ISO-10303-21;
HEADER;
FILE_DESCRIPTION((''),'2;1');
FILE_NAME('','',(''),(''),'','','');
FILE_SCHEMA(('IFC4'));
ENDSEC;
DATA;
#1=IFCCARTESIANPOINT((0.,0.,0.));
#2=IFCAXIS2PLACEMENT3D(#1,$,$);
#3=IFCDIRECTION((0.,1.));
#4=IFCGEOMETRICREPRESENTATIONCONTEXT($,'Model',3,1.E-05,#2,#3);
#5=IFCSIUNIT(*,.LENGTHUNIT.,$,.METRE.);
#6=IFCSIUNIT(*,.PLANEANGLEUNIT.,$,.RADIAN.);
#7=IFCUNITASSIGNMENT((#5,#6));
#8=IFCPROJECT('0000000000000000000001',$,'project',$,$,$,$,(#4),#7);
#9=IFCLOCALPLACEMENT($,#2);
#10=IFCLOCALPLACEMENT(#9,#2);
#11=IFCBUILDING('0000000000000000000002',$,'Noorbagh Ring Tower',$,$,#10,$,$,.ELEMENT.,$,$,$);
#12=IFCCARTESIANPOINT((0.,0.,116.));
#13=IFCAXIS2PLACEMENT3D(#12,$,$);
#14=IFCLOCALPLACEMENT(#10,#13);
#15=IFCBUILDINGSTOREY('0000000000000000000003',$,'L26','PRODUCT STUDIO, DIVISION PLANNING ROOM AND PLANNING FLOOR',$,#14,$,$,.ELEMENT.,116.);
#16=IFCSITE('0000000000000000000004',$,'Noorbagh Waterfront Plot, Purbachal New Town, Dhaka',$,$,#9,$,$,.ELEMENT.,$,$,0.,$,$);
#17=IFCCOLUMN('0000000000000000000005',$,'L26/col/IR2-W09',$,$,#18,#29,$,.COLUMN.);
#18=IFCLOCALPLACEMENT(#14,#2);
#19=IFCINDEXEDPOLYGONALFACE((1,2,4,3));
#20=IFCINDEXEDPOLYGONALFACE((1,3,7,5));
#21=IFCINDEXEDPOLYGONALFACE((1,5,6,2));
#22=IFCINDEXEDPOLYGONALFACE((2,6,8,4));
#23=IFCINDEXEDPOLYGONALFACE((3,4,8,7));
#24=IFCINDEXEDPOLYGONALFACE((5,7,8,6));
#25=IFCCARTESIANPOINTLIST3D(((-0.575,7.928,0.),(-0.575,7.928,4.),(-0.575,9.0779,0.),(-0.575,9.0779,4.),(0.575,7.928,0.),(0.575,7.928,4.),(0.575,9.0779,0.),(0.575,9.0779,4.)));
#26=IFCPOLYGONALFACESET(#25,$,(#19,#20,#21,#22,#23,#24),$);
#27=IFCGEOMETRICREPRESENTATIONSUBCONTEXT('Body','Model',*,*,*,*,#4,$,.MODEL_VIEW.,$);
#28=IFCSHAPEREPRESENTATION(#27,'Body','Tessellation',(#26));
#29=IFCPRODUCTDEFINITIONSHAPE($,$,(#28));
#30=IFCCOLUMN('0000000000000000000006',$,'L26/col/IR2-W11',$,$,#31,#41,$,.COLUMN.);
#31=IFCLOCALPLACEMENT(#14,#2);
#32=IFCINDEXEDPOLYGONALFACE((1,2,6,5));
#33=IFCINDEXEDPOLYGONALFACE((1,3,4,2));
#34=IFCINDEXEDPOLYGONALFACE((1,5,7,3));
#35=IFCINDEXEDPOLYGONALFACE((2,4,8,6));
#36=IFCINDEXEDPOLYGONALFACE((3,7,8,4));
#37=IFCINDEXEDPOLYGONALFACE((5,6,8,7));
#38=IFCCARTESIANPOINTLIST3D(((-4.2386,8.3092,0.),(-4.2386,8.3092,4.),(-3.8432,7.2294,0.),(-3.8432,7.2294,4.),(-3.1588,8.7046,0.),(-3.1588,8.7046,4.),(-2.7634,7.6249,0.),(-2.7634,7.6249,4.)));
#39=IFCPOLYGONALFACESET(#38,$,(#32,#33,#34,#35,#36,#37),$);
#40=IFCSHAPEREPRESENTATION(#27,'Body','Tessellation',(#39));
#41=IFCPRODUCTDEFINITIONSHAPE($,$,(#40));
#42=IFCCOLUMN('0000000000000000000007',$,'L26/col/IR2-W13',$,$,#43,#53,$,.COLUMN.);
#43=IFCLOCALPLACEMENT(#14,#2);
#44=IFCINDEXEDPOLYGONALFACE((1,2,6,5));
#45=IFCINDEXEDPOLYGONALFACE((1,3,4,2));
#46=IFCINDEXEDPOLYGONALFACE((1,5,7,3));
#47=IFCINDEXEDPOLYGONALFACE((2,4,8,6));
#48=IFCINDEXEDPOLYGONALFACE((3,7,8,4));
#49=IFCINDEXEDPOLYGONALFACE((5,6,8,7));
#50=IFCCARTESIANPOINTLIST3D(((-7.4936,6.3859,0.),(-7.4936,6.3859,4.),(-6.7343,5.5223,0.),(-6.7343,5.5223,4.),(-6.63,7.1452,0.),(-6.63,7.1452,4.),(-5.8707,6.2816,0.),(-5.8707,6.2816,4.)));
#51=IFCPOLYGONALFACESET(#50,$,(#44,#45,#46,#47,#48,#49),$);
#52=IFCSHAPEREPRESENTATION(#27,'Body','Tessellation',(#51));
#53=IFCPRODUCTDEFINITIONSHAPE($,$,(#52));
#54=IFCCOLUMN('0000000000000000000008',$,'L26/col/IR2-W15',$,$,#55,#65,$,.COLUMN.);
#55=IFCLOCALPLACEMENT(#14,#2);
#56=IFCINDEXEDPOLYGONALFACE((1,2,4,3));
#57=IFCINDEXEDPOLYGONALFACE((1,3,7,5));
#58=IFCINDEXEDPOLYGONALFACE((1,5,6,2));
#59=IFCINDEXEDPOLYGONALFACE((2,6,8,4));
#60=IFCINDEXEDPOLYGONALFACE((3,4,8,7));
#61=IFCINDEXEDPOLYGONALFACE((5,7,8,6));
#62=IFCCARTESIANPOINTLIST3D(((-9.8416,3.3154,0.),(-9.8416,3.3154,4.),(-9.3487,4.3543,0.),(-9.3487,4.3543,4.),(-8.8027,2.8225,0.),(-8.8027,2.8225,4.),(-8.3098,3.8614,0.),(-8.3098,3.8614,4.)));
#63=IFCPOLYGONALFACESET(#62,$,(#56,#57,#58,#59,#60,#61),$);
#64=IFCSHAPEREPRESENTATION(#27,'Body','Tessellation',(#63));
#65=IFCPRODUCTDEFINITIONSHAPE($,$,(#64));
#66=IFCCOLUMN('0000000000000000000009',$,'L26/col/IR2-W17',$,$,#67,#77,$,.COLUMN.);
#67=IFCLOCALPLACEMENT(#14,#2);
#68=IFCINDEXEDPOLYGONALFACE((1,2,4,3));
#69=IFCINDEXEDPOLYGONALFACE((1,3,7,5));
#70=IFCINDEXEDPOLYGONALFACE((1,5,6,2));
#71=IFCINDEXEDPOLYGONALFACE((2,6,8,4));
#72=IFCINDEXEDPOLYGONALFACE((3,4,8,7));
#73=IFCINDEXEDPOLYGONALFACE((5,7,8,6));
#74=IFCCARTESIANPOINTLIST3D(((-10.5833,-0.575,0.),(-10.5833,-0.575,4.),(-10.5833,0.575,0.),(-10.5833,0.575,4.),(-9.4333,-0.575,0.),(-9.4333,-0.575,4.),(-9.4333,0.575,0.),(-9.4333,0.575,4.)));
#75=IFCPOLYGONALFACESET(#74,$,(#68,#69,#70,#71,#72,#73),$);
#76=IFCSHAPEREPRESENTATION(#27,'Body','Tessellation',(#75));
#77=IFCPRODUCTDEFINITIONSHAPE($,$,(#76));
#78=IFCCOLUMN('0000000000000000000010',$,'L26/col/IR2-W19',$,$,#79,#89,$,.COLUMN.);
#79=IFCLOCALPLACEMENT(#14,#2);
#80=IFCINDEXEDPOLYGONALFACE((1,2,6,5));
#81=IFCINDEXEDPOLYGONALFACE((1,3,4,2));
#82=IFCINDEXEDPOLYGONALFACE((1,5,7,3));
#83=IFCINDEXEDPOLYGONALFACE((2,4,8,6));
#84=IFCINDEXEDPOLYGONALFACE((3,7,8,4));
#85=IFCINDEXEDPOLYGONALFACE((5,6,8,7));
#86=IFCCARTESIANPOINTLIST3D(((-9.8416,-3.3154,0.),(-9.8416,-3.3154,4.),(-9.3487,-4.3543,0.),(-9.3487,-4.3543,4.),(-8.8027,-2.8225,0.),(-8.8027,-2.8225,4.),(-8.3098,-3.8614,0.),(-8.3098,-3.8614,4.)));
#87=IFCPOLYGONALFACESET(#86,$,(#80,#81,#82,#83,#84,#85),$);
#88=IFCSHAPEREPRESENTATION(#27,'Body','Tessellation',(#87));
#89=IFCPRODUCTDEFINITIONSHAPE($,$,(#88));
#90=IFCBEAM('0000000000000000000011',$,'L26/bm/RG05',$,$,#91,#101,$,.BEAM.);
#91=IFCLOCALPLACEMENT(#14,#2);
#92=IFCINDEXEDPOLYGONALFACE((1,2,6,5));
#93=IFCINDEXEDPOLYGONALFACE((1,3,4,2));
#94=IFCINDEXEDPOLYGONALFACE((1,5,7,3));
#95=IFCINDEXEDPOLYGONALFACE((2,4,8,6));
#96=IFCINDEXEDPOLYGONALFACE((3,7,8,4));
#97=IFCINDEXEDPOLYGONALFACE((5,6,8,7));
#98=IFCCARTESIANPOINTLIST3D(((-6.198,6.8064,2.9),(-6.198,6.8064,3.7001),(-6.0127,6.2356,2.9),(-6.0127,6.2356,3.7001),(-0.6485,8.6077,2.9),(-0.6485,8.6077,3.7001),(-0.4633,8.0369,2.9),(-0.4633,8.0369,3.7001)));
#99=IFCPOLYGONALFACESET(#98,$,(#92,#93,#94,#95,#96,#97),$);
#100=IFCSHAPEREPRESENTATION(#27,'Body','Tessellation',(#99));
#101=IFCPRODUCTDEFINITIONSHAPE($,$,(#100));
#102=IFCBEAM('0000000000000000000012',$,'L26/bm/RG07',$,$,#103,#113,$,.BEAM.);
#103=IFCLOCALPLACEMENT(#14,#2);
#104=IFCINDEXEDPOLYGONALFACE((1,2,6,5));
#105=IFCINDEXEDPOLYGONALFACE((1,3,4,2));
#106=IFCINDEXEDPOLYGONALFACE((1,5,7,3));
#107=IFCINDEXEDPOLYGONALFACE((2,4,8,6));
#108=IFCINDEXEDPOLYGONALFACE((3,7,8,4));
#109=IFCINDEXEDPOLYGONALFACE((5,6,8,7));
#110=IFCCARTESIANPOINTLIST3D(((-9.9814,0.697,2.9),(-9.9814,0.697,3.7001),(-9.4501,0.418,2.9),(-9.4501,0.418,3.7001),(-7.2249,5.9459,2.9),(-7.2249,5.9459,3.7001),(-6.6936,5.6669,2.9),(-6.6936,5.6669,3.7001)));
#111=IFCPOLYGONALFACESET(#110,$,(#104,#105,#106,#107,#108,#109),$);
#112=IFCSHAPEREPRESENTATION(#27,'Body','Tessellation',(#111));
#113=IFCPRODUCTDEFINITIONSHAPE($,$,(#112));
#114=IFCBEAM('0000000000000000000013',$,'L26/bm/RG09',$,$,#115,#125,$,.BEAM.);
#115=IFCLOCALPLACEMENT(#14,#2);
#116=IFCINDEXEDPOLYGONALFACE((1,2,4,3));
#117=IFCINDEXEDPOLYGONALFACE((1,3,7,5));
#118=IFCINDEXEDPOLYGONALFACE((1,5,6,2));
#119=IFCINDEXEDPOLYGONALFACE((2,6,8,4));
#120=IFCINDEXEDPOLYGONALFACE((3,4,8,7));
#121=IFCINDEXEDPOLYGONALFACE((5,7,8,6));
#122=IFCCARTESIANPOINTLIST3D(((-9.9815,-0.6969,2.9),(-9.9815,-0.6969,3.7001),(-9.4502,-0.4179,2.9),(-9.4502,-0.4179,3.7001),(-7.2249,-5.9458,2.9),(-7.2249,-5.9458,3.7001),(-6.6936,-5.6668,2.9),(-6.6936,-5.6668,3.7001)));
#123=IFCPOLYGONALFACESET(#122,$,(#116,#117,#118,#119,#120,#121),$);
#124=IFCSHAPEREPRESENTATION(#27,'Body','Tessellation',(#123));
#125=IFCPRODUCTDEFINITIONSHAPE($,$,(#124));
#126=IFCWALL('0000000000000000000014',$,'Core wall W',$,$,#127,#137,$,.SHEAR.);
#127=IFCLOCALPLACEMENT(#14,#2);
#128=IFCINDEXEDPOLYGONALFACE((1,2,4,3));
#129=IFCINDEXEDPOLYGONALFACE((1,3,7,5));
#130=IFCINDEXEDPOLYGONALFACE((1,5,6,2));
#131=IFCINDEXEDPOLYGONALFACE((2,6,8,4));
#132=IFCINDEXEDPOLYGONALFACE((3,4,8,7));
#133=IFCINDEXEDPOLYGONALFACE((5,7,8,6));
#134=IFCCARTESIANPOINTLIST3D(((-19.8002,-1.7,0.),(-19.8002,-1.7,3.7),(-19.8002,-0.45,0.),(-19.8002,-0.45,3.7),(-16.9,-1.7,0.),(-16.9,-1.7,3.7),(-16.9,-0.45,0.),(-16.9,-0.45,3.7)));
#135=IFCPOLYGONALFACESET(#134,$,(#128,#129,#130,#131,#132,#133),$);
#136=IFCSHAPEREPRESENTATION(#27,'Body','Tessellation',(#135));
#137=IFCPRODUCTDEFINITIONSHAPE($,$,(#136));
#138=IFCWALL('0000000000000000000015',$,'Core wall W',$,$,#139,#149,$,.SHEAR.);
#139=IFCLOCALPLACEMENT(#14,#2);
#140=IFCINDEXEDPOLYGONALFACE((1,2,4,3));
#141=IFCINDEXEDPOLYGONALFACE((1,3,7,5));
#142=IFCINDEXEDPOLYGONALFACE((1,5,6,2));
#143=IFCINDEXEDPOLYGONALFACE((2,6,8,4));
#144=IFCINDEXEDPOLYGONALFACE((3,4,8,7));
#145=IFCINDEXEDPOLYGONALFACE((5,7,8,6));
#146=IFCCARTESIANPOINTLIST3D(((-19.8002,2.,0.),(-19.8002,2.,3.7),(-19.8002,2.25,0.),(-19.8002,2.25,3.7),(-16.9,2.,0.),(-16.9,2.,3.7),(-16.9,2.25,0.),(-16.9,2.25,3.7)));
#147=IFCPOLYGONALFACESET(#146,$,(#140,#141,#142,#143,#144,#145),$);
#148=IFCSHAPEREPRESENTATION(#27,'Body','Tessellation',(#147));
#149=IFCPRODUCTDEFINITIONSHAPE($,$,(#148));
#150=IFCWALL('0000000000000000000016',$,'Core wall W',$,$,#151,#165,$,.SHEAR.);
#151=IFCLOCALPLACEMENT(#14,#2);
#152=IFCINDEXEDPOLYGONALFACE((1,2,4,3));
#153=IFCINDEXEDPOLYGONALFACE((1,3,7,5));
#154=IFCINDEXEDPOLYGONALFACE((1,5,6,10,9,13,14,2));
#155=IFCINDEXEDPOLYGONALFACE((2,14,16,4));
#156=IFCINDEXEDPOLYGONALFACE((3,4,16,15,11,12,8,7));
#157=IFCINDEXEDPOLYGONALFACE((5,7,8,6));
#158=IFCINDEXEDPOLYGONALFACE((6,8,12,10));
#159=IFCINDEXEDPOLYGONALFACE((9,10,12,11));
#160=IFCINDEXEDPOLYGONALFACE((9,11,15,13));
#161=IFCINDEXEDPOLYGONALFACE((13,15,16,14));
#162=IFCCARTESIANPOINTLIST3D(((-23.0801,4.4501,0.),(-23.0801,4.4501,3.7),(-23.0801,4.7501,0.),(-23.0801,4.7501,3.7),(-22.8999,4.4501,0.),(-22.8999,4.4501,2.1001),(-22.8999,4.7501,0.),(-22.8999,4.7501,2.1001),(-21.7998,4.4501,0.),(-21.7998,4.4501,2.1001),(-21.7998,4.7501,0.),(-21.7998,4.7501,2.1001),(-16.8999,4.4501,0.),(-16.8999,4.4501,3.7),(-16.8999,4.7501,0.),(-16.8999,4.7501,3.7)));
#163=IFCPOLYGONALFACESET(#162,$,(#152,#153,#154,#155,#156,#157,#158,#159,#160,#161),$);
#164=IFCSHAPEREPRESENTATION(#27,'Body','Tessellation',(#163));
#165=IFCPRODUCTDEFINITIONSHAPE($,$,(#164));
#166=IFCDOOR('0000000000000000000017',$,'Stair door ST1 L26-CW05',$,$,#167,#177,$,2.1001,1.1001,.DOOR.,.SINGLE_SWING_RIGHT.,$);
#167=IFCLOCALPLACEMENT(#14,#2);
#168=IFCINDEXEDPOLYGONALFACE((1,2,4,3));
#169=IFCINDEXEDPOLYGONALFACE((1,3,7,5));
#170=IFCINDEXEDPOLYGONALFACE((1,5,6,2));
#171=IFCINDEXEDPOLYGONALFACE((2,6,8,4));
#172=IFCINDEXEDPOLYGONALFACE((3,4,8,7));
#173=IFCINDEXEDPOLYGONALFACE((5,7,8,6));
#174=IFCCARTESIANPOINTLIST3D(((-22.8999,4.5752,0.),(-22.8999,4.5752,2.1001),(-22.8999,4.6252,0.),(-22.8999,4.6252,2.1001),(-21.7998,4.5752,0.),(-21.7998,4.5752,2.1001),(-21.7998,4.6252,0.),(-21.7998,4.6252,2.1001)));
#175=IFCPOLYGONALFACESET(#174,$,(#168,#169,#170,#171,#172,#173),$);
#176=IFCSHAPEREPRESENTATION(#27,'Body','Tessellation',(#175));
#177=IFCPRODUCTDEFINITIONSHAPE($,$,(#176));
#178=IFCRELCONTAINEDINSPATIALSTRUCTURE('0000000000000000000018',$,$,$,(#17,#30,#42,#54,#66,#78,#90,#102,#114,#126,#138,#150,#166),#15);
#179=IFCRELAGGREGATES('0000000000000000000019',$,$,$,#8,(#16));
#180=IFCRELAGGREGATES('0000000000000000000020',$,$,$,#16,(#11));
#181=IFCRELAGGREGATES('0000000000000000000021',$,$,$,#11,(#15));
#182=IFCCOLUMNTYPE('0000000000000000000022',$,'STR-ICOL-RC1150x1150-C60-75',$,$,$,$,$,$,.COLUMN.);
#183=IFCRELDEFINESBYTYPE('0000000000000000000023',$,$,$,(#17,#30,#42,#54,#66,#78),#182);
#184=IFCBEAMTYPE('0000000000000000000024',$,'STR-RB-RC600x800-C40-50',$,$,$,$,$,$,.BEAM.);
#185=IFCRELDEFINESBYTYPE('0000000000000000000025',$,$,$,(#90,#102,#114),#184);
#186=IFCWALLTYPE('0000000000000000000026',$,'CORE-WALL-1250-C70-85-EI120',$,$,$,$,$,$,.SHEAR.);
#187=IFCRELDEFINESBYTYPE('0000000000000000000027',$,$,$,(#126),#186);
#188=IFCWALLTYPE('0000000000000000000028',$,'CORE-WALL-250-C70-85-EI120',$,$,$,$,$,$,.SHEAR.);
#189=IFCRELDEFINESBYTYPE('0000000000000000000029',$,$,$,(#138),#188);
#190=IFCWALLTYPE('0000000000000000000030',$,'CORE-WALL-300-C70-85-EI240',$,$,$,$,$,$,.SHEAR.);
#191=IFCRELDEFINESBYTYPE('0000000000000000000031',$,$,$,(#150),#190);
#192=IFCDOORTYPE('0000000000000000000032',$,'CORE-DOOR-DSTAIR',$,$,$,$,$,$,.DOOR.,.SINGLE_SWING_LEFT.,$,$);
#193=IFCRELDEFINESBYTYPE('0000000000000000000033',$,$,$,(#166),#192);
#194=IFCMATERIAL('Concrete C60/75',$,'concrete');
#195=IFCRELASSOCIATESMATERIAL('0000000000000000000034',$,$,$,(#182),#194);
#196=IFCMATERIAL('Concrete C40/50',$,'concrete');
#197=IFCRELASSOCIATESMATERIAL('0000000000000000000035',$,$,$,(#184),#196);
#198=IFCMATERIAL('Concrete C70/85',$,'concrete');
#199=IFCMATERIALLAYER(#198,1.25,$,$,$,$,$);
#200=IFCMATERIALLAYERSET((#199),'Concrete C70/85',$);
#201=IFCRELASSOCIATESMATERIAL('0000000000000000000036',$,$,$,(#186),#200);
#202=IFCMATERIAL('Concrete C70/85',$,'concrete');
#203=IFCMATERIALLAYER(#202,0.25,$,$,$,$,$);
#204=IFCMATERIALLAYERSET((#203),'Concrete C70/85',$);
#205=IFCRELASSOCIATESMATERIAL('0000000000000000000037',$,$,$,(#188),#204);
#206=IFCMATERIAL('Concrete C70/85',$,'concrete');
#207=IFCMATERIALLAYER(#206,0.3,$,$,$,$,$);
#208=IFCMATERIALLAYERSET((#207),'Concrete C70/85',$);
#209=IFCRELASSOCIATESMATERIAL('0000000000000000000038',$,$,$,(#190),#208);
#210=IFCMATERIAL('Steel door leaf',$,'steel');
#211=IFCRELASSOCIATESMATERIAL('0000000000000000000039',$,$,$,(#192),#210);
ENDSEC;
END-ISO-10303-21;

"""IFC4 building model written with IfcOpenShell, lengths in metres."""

from ifc_helpers import new_model, si_unit, direction, frame, frame_2d, origin, origin_2d, place, context, subcontext, project, spatial, rectangle, extrude, material, layer, layer_set, material_profile, profile_set, type_object, element, fill, save


model = new_model("IFC4")

# Units and contexts
model_context = context("Model", 3, precision=1e-05, world=origin(), true_north=direction((0.0, 1.0)))
body_context = subcontext(model_context, "Body", "Model", "MODEL_VIEW")
ifc_project = project(units=[si_unit("LENGTHUNIT", "METRE"), si_unit("PLANEANGLEUNIT", "RADIAN")], contexts=[model_context])

# Site, building, storey
site_placement = place(None, origin())
site = spatial("IfcSite", under=ifc_project, at=site_placement, Name="Noorbagh Waterfront Plot, Purbachal New Town, Dhaka", CompositionType="ELEMENT", RefElevation=0.0)
building_placement = place(site_placement, origin())
building = spatial("IfcBuilding", under=site, at=building_placement, Name="Noorbagh Ring Tower", CompositionType="ELEMENT")
storey_placement = place(building_placement, frame((0.0, 0.0, 116.0)))
storey = spatial("IfcBuildingStorey", under=building, at=storey_placement, Name="L26", Description="PRODUCT STUDIO, DIVISION PLANNING ROOM AND PLANNING FLOOR", CompositionType="ELEMENT", Elevation=116.0)

# Columns
ifc_material_1 = material(Name="Concrete C60/75", Category="concrete")
ifc_material_profile_1 = material_profile(ifc_material_1, rectangle(XDim=1.1499, YDim=1.1499, at=origin_2d()), Name="RC1150x1150")
ifc_profile_set_1 = profile_set([ifc_material_profile_1], Name="Concrete C60/75")
column_type = type_object("IfcColumnType", Name="STR-ICOL-RC1150x1150-C60-75", PredefinedType="COLUMN", material=ifc_profile_set_1)
for number, where, z_axis, x_axis, name in (
    (1, (0.0, 8.5029, 0.0), (0.0, 0.0, 1.0), (-1.0, 0.0, 0.0), "L26/col/IR2-W09"),
    (2, (-3.501, 7.967, 0.0), (0.0, 0.0, 1.0), (-0.93902, -0.343864, 0.0), "L26/col/IR2-W11"),
    (3, (-6.6821, 6.3337, 0.0), (0.0, 0.0, 1.0), (-0.751022, -0.660277, 0.0), "L26/col/IR2-W13"),
    (4, (-9.0757, 3.5884, 0.0), (0.0, 0.0, 1.0), (-0.428667, -0.903463, 0.0), "L26/col/IR2-W15"),
    (5, (-10.0083, 0.0, 0.0), (0.0, 0.0, 1.0), (0.0, -1.0, 0.0), "L26/col/IR2-W17"),
    (6, (-9.0757, -3.5884, 0.0), (0.0, 0.0, 1.0), (0.428667, -0.903463, 0.0), "L26/col/IR2-W19"),
):
    element("IfcColumn", number, at=place(storey_placement, frame(where, z_axis=z_axis, x_axis=x_axis)), inside=storey, type_object=column_type, Name=name, PredefinedType="COLUMN", context=body_context, shape_type="SweptSolid", body=[
        extrude(rectangle(XDim=1.1499, YDim=1.1499, at=origin_2d()), origin(), (0.0, 0.0, 1.0), 4.0),
    ])

# Beams
ifc_material_2 = material(Name="Concrete C40/50", Category="concrete")
ifc_material_profile_2 = material_profile(ifc_material_2, rectangle(XDim=0.6001, YDim=0.8, at=origin_2d()), Name="RC600x800")
ifc_profile_set_2 = profile_set([ifc_material_profile_2], Name="Concrete C40/50")
beam_type = type_object("IfcBeamType", Name="STR-RB-RC600x800-C40-50", PredefinedType="BEAM", material=ifc_profile_set_2)
beam_placement = place(storey_placement, frame((-0.5559, 8.3223, 3.3), z_axis=(-0.951152, -0.308724, 0.0), x_axis=(0.308724, -0.951152, 0.0)))
element("IfcBeam", 7, at=beam_placement, inside=storey, type_object=beam_type, Name="L26/bm/RG05", PredefinedType="BEAM", context=body_context, shape_type="SweptSolid", body=[
    extrude(rectangle(XDim=0.6001, YDim=0.8, at=origin_2d()), origin(), (0.0, 0.0, 1.0), 5.8345),
])
for number, where, z_axis, x_axis, name in (
    (8, (-6.9592, 5.8064, 3.3), (-0.464947, -0.885339, 0.0), (0.885339, -0.464947, 0.0), "L26/bm/RG07"),
    (9, (-9.7158, -0.5574, 3.3), (0.464947, -0.885339, 0.0), (0.885339, 0.464947, 0.0), "L26/bm/RG09"),
):
    element("IfcBeam", number, at=place(storey_placement, frame(where, z_axis=z_axis, x_axis=x_axis)), inside=storey, type_object=beam_type, Name=name, PredefinedType="BEAM", context=body_context, shape_type="SweptSolid", body=[
        extrude(rectangle(XDim=0.6001, YDim=0.8, at=origin_2d()), origin(), (0.0, 0.0, 1.0), 5.9287),
    ])

# Walls
ifc_material_3 = material(Name="Concrete C70/85", Category="concrete")
ifc_layer_1 = layer(ifc_material_3, 1.25)
ifc_layer_set_1 = layer_set([ifc_layer_1], Name="Concrete C70/85")
wall_type_1 = type_object("IfcWallType", Name="CORE-WALL-1250-C70-85-EI120", PredefinedType="SHEAR", material=ifc_layer_set_1)
wall_1_placement = place(storey_placement, frame((-16.8999, -1.075, 0.0), z_axis=(0.0, 0.0, 1.0), x_axis=(-1.0, 0.0, 0.0)))
element("IfcWall", 10, at=wall_1_placement, inside=storey, type_object=wall_type_1, Name="Core wall W", PredefinedType="SHEAR", context=body_context, shape_type="SweptSolid", body=[
    extrude(rectangle(XDim=2.9001, YDim=1.25, at=frame_2d((1.4502, 0.0))), origin(), (0.0, 0.0, 1.0), 3.7),
])
ifc_material_4 = material(Name="Concrete C70/85", Category="concrete")
ifc_layer_2 = layer(ifc_material_4, 0.25)
ifc_layer_set_2 = layer_set([ifc_layer_2], Name="Concrete C70/85")
wall_type_2 = type_object("IfcWallType", Name="CORE-WALL-250-C70-85-EI120", PredefinedType="SHEAR", material=ifc_layer_set_2)
wall_2_placement = place(storey_placement, frame((-16.8999, 2.125, 0.0), z_axis=(0.0, 0.0, 1.0), x_axis=(-1.0, 0.0, 0.0)))
element("IfcWall", 11, at=wall_2_placement, inside=storey, type_object=wall_type_2, Name="Core wall W", PredefinedType="SHEAR", context=body_context, shape_type="SweptSolid", body=[
    extrude(rectangle(XDim=2.9001, YDim=0.25, at=frame_2d((1.4502, 0.0))), origin(), (0.0, 0.0, 1.0), 3.7),
])

# Wall, opening, door
ifc_material_5 = material(Name="Concrete C70/85", Category="concrete")
ifc_layer_3 = layer(ifc_material_5, 0.3)
ifc_layer_set_3 = layer_set([ifc_layer_3], Name="Concrete C70/85")
wall_type_3 = type_object("IfcWallType", Name="CORE-WALL-300-C70-85-EI240", PredefinedType="SHEAR", material=ifc_layer_set_3)
wall_3_placement = place(storey_placement, frame((-16.8999, 4.6001, 0.0), z_axis=(0.0, 0.0, 1.0), x_axis=(-1.0, 0.0, 0.0)))
wall_3 = element("IfcWall", 12, at=wall_3_placement, inside=storey, type_object=wall_type_3, Name="Core wall W", PredefinedType="SHEAR", context=body_context, shape_type="SweptSolid", body=[
    extrude(rectangle(XDim=6.1802, YDim=0.3, at=frame_2d((3.0901, 0.0))), origin(), (0.0, 0.0, 1.0), 3.7),
])
opening_1_placement = place(wall_3_placement, frame((4.8999, 0.0, 0.0)))
opening_1 = element("IfcOpeningElement", 13, at=opening_1_placement, cuts=wall_3, PredefinedType="OPENING", context=body_context, shape_type="SweptSolid", body=[
    extrude(rectangle(XDim=1.1001, YDim=2.1001, at=frame_2d((0.55, 1.05))), frame((0.0, 0.1602, 0.0), z_axis=(0.0, -1.0, 0.0), x_axis=(1.0, 0.0, 0.0)), (0.0, 0.0, 1.0), 0.3201),
])
ifc_material_6 = material(Name="Steel door leaf", Category="steel")
door_type_1 = type_object("IfcDoorType", Name="CORE-DOOR-DSTAIR", OperationType="SINGLE_SWING_LEFT", PredefinedType="DOOR", material=ifc_material_6)
door_1_placement = place(opening_1_placement, origin())
door_1 = element("IfcDoor", 14, at=door_1_placement, inside=storey, type_object=door_type_1, Name="Stair door ST1 L26-CW05", OperationType="SINGLE_SWING_RIGHT", OverallHeight=2.1001, OverallWidth=1.1001, PredefinedType="DOOR", context=body_context, shape_type="SweptSolid", body=[
    extrude(rectangle(XDim=1.1001, YDim=2.1001, at=frame_2d((0.55, 1.05))), frame((0.0, 0.0249, 0.0), z_axis=(0.0, -1.0, 0.0), x_axis=(1.0, 0.0, 0.0)), (0.0, 0.0, 1.0), 0.05),
])
fill(opening_1, door_1)

save(model, "model.ifc")
